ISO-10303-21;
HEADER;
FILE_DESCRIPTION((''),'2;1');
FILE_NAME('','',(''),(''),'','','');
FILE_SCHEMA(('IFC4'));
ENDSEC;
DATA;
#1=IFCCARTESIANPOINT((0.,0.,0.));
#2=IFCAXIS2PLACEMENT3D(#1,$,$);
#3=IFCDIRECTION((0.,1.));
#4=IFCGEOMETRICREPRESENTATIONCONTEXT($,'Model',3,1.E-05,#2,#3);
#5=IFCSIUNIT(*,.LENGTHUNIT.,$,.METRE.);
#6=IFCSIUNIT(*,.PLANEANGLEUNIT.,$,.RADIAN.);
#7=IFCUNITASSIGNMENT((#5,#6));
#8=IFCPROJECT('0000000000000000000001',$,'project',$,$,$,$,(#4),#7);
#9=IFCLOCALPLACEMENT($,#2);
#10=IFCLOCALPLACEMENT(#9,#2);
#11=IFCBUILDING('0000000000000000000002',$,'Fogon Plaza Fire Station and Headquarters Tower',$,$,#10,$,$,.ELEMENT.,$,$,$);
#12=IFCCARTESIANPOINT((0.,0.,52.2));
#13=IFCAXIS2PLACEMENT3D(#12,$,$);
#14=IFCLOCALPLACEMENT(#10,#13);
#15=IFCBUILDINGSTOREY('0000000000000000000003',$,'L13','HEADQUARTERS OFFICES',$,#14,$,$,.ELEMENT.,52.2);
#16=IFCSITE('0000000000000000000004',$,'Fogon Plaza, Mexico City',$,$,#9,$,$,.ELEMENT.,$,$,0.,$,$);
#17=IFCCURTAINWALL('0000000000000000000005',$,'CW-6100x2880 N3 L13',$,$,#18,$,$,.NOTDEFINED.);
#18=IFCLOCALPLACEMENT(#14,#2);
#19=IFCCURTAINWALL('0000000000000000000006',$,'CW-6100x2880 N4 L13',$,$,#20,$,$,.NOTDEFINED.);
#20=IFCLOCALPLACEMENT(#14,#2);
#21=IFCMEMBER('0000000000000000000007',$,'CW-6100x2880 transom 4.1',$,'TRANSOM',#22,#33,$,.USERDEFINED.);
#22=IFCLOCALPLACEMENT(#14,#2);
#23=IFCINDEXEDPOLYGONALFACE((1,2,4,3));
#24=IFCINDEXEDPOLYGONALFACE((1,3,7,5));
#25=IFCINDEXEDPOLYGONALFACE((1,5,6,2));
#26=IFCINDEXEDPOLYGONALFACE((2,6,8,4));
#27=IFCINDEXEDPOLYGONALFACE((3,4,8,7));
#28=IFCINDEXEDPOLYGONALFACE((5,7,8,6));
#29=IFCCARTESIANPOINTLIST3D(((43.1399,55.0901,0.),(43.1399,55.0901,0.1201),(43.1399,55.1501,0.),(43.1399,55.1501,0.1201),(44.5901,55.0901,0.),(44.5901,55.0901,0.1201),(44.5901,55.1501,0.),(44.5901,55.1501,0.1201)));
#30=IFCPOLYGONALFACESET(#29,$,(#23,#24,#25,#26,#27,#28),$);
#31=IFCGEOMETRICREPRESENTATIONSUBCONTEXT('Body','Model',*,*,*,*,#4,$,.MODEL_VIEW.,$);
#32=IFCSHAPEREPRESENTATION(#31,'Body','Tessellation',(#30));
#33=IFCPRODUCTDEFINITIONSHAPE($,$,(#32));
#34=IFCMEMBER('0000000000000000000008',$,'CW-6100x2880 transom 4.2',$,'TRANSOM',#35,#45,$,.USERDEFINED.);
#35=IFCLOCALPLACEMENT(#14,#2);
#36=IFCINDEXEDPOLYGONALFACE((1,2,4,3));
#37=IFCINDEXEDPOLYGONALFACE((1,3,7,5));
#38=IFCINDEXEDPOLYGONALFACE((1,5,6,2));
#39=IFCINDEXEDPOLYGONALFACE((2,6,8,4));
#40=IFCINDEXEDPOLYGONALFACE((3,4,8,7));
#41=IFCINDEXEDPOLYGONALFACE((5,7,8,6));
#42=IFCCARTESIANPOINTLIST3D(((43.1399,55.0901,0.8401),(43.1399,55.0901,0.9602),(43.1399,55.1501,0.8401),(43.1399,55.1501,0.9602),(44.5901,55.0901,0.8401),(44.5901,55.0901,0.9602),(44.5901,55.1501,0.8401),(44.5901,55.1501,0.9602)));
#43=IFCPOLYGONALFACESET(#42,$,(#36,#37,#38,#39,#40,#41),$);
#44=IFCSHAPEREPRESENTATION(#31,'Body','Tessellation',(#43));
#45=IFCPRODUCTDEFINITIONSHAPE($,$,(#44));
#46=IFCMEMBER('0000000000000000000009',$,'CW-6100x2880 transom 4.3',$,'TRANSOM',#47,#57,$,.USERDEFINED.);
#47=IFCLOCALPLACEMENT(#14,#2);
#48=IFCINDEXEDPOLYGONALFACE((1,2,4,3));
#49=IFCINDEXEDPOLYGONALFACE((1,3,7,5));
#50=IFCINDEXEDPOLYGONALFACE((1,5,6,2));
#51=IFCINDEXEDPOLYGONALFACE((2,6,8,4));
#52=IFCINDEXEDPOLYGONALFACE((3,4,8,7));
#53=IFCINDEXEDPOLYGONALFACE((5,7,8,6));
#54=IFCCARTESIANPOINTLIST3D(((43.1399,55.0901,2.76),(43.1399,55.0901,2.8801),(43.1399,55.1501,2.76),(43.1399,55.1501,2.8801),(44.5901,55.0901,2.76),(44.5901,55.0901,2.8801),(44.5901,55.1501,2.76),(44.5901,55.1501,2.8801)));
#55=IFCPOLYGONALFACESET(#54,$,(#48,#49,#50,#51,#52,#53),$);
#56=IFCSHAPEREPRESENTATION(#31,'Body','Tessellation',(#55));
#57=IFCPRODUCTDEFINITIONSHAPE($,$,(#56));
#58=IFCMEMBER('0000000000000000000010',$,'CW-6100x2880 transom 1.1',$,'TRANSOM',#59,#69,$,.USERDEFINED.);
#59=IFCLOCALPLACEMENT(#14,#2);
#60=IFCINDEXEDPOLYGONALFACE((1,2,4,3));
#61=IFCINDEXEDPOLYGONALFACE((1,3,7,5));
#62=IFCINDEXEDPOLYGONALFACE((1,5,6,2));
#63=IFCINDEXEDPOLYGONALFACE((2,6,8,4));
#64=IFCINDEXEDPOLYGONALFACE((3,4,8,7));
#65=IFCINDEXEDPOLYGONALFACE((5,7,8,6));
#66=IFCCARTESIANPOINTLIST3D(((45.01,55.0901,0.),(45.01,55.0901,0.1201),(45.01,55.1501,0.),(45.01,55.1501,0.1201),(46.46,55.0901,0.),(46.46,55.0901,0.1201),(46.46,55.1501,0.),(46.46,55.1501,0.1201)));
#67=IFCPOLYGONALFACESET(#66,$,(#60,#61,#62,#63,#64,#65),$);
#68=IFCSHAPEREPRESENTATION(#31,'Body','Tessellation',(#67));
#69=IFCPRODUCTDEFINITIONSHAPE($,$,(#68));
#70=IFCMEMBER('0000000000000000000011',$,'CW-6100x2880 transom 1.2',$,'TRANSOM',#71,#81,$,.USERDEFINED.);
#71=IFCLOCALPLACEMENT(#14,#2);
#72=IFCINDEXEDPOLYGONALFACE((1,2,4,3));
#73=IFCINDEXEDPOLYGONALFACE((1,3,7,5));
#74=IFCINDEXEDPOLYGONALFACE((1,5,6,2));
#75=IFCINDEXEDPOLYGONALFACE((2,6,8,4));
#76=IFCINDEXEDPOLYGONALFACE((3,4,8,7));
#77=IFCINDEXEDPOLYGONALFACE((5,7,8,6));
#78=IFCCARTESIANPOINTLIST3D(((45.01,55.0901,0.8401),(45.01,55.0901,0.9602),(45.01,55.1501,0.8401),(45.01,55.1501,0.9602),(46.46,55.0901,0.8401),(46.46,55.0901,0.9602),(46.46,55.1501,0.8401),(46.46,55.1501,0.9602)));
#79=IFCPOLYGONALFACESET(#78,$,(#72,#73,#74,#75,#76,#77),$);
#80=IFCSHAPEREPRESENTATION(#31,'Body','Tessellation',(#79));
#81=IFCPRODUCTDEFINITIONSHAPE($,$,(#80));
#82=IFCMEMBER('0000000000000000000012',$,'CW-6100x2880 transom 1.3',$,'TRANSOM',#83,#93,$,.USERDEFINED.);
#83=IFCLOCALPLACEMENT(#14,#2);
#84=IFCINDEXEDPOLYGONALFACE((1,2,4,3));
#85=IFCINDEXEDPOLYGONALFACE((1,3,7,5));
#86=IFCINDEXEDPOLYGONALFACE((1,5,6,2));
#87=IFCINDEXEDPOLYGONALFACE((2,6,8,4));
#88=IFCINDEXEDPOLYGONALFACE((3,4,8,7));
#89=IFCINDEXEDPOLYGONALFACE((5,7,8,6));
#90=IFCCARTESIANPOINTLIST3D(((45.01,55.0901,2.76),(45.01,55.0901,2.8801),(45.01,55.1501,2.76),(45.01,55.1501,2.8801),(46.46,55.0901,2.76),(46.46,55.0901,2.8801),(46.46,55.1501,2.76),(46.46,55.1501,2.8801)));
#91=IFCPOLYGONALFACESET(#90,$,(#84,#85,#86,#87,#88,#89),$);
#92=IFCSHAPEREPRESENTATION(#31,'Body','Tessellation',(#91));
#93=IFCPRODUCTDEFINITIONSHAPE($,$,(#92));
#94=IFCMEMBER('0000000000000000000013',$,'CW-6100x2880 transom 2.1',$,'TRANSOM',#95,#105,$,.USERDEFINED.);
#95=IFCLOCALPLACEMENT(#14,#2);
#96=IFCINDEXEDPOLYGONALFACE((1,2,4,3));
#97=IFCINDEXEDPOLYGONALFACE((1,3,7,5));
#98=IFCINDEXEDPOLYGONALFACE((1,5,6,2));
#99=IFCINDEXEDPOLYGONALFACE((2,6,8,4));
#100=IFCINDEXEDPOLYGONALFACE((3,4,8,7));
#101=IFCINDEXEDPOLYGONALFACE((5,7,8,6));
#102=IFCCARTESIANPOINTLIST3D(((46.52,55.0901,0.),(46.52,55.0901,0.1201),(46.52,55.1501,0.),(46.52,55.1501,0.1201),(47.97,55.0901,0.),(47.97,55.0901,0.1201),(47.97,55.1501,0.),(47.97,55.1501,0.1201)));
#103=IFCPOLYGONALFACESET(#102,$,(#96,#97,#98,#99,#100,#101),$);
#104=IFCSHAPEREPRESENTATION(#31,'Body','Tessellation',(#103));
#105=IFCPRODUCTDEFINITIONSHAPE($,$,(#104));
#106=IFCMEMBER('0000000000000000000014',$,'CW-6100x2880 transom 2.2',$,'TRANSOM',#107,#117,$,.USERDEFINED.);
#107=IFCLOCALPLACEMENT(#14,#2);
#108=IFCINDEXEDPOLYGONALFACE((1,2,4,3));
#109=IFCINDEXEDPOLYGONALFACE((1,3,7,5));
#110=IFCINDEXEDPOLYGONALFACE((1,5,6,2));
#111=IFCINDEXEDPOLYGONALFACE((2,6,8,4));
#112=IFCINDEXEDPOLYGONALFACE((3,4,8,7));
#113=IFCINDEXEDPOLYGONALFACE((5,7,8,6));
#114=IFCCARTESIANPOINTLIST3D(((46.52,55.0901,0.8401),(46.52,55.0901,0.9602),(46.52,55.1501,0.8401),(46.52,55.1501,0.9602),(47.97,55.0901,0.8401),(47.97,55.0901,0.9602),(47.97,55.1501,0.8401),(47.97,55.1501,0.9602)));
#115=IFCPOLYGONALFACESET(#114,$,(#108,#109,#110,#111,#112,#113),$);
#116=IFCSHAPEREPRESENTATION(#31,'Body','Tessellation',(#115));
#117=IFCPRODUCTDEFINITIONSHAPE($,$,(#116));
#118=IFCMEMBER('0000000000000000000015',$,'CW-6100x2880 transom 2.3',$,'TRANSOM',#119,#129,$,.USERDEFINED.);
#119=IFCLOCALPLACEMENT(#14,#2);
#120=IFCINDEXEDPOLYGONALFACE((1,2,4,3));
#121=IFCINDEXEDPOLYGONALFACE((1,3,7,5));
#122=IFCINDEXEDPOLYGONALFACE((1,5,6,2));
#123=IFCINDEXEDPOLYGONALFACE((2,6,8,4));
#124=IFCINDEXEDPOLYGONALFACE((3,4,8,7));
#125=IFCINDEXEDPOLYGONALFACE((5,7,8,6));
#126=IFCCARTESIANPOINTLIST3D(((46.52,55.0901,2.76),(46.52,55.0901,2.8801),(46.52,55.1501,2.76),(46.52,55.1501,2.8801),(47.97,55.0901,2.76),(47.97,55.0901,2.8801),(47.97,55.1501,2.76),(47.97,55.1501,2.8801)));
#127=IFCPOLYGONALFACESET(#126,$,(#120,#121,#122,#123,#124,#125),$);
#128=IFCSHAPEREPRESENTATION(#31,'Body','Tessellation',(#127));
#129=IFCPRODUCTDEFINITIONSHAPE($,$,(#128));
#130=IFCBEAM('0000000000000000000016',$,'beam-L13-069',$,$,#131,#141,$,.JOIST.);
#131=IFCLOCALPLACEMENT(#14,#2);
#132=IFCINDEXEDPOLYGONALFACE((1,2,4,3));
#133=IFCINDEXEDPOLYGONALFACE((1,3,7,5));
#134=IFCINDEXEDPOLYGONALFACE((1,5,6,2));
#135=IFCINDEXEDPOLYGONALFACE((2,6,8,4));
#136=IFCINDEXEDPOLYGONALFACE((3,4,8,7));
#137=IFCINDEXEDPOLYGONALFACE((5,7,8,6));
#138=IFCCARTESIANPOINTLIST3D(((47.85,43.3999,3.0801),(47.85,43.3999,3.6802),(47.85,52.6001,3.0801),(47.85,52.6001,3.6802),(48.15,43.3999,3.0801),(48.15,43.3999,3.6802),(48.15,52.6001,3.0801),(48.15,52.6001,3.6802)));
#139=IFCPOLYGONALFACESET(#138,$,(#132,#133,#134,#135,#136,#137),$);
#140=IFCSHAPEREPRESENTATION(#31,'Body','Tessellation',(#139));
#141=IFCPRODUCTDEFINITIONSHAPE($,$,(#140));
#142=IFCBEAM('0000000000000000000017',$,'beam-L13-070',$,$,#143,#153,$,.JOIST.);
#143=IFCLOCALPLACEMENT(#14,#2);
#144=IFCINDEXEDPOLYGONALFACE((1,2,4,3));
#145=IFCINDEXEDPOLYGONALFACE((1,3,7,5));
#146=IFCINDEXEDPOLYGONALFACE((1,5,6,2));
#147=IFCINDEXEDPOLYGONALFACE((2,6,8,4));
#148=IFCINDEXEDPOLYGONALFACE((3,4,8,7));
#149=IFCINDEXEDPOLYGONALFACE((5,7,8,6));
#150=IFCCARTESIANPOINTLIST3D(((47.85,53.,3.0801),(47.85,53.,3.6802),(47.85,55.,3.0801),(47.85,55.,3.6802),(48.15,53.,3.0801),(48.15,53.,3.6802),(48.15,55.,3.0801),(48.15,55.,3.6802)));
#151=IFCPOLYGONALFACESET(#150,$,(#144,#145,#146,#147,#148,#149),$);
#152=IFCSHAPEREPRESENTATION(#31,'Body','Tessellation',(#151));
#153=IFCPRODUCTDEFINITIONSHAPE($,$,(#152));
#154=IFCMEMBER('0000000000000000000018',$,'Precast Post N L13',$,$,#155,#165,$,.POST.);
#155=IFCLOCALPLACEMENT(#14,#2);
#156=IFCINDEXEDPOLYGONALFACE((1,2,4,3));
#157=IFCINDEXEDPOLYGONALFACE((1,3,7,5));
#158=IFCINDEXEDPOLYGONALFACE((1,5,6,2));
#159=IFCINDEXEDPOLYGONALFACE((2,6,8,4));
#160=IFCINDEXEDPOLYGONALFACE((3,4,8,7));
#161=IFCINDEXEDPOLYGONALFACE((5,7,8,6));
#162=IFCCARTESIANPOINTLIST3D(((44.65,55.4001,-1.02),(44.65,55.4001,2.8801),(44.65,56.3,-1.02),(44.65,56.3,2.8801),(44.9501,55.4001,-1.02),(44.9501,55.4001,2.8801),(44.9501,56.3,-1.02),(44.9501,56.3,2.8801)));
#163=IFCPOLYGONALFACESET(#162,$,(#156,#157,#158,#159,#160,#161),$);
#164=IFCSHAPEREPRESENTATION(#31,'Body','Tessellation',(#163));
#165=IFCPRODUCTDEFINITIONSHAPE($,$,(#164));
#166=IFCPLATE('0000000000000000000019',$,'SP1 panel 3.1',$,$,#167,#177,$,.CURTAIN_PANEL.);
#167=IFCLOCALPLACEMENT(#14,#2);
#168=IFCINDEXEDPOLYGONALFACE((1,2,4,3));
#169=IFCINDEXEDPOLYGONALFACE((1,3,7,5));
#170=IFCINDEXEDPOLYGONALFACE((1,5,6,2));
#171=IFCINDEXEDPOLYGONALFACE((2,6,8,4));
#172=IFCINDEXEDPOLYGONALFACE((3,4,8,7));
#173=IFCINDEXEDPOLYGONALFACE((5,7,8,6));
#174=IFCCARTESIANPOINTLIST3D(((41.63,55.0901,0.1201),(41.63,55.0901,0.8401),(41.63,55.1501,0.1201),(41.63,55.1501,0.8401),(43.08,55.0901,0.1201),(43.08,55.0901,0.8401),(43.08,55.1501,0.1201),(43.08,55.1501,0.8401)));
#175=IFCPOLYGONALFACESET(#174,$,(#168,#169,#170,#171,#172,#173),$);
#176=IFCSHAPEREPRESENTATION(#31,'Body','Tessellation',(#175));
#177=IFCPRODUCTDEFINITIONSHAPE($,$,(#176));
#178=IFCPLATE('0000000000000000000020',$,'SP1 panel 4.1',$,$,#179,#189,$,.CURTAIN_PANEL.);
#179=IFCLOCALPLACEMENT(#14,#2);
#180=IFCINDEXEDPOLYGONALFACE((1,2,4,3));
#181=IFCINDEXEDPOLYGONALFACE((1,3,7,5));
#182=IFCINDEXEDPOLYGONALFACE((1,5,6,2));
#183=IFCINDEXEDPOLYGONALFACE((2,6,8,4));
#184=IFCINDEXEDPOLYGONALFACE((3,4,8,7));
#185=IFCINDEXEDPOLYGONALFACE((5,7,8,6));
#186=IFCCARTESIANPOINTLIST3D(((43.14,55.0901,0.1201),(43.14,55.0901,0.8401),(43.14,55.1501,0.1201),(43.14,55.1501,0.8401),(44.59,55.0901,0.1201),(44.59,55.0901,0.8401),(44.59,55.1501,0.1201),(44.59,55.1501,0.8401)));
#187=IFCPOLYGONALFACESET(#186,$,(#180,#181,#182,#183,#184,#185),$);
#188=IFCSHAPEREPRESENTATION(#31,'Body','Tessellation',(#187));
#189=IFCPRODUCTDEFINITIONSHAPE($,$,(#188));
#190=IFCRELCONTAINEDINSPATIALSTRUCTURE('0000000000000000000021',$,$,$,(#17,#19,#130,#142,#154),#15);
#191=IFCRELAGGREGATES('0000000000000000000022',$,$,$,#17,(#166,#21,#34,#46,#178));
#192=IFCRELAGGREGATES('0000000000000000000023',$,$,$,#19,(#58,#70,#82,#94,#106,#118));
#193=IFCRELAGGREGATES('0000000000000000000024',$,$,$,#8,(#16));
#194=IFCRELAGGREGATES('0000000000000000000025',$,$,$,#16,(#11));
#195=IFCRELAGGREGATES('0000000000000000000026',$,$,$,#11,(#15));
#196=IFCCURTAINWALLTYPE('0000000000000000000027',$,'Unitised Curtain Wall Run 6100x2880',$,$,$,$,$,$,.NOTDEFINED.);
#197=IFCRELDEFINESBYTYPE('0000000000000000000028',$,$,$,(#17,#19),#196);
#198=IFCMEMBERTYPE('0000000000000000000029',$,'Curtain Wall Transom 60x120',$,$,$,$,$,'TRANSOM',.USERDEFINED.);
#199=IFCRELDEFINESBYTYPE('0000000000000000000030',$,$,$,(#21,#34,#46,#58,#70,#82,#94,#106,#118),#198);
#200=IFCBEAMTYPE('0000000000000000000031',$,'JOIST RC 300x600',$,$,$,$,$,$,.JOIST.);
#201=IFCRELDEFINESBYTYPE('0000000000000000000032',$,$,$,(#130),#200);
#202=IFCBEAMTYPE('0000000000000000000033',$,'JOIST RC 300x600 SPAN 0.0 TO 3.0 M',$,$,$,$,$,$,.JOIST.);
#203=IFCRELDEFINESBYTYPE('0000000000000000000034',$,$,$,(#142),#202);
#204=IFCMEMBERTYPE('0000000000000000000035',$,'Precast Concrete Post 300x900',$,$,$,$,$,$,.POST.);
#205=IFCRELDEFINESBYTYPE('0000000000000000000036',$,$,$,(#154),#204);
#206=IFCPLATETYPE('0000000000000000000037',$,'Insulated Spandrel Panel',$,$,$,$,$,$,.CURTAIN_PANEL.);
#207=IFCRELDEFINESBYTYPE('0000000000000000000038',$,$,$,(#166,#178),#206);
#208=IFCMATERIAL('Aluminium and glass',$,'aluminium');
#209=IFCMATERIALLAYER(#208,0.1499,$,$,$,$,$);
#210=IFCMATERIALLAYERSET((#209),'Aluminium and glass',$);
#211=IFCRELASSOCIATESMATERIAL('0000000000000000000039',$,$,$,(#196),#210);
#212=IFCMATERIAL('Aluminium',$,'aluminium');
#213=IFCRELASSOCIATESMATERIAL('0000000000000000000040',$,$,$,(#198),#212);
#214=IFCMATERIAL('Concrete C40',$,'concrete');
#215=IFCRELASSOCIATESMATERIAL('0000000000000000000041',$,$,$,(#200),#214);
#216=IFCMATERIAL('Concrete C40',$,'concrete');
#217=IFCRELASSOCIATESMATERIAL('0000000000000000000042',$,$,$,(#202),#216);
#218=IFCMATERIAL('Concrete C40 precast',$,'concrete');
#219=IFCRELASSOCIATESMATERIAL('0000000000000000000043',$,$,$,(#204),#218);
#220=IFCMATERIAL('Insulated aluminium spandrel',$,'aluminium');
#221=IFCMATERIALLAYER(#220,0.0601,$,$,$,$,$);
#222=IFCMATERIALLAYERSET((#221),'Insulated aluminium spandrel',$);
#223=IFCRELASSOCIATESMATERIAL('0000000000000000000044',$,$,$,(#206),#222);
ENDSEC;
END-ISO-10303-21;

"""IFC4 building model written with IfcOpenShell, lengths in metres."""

from ifc_helpers import new_model, si_unit, direction, frame, origin, origin_2d, place, context, subcontext, project, spatial, rectangle, extrude, material, layer, layer_set, material_profile, profile_set, type_object, element, aggregate, save


model = new_model("IFC4")

# Units and contexts
model_context = context("Model", 3, precision=1e-05, world=origin(), true_north=direction((0.0, 1.0)))
body_context = subcontext(model_context, "Body", "Model", "MODEL_VIEW")
ifc_project = project(units=[si_unit("LENGTHUNIT", "METRE"), si_unit("PLANEANGLEUNIT", "RADIAN")], contexts=[model_context])

# Site, building, storey
site_placement = place(None, origin())
site = spatial("IfcSite", under=ifc_project, at=site_placement, Name="Fogon Plaza, Mexico City", CompositionType="ELEMENT", RefElevation=0.0)
building_placement = place(site_placement, origin())
building = spatial("IfcBuilding", under=site, at=building_placement, Name="Fogon Plaza Fire Station and Headquarters Tower", CompositionType="ELEMENT")
storey_placement = place(building_placement, frame((0.0, 0.0, 52.2)))
storey = spatial("IfcBuildingStorey", under=building, at=storey_placement, Name="L13", Description="HEADQUARTERS OFFICES", CompositionType="ELEMENT", Elevation=52.2)

# Curtain walls
ifc_material_1 = material(Name="Aluminium and glass", Category="aluminium")
ifc_layer_1 = layer(ifc_material_1, 0.1499)
ifc_layer_set_1 = layer_set([ifc_layer_1], Name="Aluminium and glass")
curtain_wall_type = type_object("IfcCurtainWallType", Name="Unitised Curtain Wall Run 6100x2880", PredefinedType="NOTDEFINED", material=ifc_layer_set_1)
curtain_wall_1_placement = place(storey_placement, origin())
curtain_wall_1 = element("IfcCurtainWall", 1, at=curtain_wall_1_placement, inside=storey, type_object=curtain_wall_type, Name="CW-6100x2880 N3 L13", PredefinedType="NOTDEFINED")
curtain_wall_2_placement = place(storey_placement, origin())
curtain_wall_2 = element("IfcCurtainWall", 2, at=curtain_wall_2_placement, inside=storey, type_object=curtain_wall_type, Name="CW-6100x2880 N4 L13", PredefinedType="NOTDEFINED")

# Members
ifc_material_2 = material(Name="Aluminium", Category="aluminium")
ifc_material_profile_1 = material_profile(ifc_material_2, rectangle(XDim=0.0601, YDim=0.1201, at=origin_2d()), Name="Curtain Wall Transom 60x120")
ifc_profile_set_1 = profile_set([ifc_material_profile_1], Name="Aluminium")
member_type_1 = type_object("IfcMemberType", Name="Curtain Wall Transom 60x120", ElementType="TRANSOM", PredefinedType="USERDEFINED", material=ifc_profile_set_1)
member_1_placement = place(storey_placement, frame((43.1399, 55.1201, 0.0601), z_axis=(1.0, 0.0, 0.0), x_axis=(0.0, 1.0, 0.0)))
member_1 = element("IfcMember", 3, at=member_1_placement, type_object=member_type_1, Name="CW-6100x2880 transom 4.1", ObjectType="TRANSOM", PredefinedType="USERDEFINED", context=body_context, shape_type="SweptSolid", body=[
    extrude(rectangle(XDim=0.0601, YDim=0.1201, at=origin_2d()), origin(), (0.0, 0.0, 1.0), 1.4502),
])
member_2_placement = place(storey_placement, frame((43.1399, 55.1201, 0.9001), z_axis=(1.0, 0.0, 0.0), x_axis=(0.0, 1.0, 0.0)))
member_2 = element("IfcMember", 4, at=member_2_placement, type_object=member_type_1, Name="CW-6100x2880 transom 4.2", ObjectType="TRANSOM", PredefinedType="USERDEFINED", context=body_context, shape_type="SweptSolid", body=[
    extrude(rectangle(XDim=0.0601, YDim=0.1201, at=origin_2d()), origin(), (0.0, 0.0, 1.0), 1.4502),
])
member_3_placement = place(storey_placement, frame((43.1399, 55.1201, 2.8201), z_axis=(1.0, 0.0, 0.0), x_axis=(0.0, 1.0, 0.0)))
member_3 = element("IfcMember", 5, at=member_3_placement, type_object=member_type_1, Name="CW-6100x2880 transom 4.3", ObjectType="TRANSOM", PredefinedType="USERDEFINED", context=body_context, shape_type="SweptSolid", body=[
    extrude(rectangle(XDim=0.0601, YDim=0.1201, at=origin_2d()), origin(), (0.0, 0.0, 1.0), 1.4502),
])
member_4_placement = place(storey_placement, frame((45.01, 55.1201, 0.0601), z_axis=(1.0, 0.0, 0.0), x_axis=(0.0, 1.0, 0.0)))
member_4 = element("IfcMember", 6, at=member_4_placement, type_object=member_type_1, Name="CW-6100x2880 transom 1.1", ObjectType="TRANSOM", PredefinedType="USERDEFINED", context=body_context, shape_type="SweptSolid", body=[
    extrude(rectangle(XDim=0.0601, YDim=0.1201, at=origin_2d()), origin(), (0.0, 0.0, 1.0), 1.45),
])
member_5_placement = place(storey_placement, frame((45.01, 55.1201, 0.9001), z_axis=(1.0, 0.0, 0.0), x_axis=(0.0, 1.0, 0.0)))
member_5 = element("IfcMember", 7, at=member_5_placement, type_object=member_type_1, Name="CW-6100x2880 transom 1.2", ObjectType="TRANSOM", PredefinedType="USERDEFINED", context=body_context, shape_type="SweptSolid", body=[
    extrude(rectangle(XDim=0.0601, YDim=0.1201, at=origin_2d()), origin(), (0.0, 0.0, 1.0), 1.45),
])
member_6_placement = place(storey_placement, frame((45.01, 55.1201, 2.8201), z_axis=(1.0, 0.0, 0.0), x_axis=(0.0, 1.0, 0.0)))
member_6 = element("IfcMember", 8, at=member_6_placement, type_object=member_type_1, Name="CW-6100x2880 transom 1.3", ObjectType="TRANSOM", PredefinedType="USERDEFINED", context=body_context, shape_type="SweptSolid", body=[
    extrude(rectangle(XDim=0.0601, YDim=0.1201, at=origin_2d()), origin(), (0.0, 0.0, 1.0), 1.45),
])
member_7_placement = place(storey_placement, frame((46.52, 55.1201, 0.0601), z_axis=(1.0, 0.0, 0.0), x_axis=(0.0, 1.0, 0.0)))
member_7 = element("IfcMember", 9, at=member_7_placement, type_object=member_type_1, Name="CW-6100x2880 transom 2.1", ObjectType="TRANSOM", PredefinedType="USERDEFINED", context=body_context, shape_type="SweptSolid", body=[
    extrude(rectangle(XDim=0.0601, YDim=0.1201, at=origin_2d()), origin(), (0.0, 0.0, 1.0), 1.45),
])
member_8_placement = place(storey_placement, frame((46.52, 55.1201, 0.9001), z_axis=(1.0, 0.0, 0.0), x_axis=(0.0, 1.0, 0.0)))
member_8 = element("IfcMember", 10, at=member_8_placement, type_object=member_type_1, Name="CW-6100x2880 transom 2.2", ObjectType="TRANSOM", PredefinedType="USERDEFINED", context=body_context, shape_type="SweptSolid", body=[
    extrude(rectangle(XDim=0.0601, YDim=0.1201, at=origin_2d()), origin(), (0.0, 0.0, 1.0), 1.45),
])
member_9_placement = place(storey_placement, frame((46.52, 55.1201, 2.8201), z_axis=(1.0, 0.0, 0.0), x_axis=(0.0, 1.0, 0.0)))
member_9 = element("IfcMember", 11, at=member_9_placement, type_object=member_type_1, Name="CW-6100x2880 transom 2.3", ObjectType="TRANSOM", PredefinedType="USERDEFINED", context=body_context, shape_type="SweptSolid", body=[
    extrude(rectangle(XDim=0.0601, YDim=0.1201, at=origin_2d()), origin(), (0.0, 0.0, 1.0), 1.45),
])

# Beams
ifc_material_3 = material(Name="Concrete C40", Category="concrete")
ifc_material_profile_2 = material_profile(ifc_material_3, rectangle(XDim=0.3, YDim=0.6001, at=origin_2d()), Name="RC 300x600")
ifc_profile_set_2 = profile_set([ifc_material_profile_2], Name="Concrete C40")
beam_type_1 = type_object("IfcBeamType", Name="JOIST RC 300x600", PredefinedType="JOIST", material=ifc_profile_set_2)
beam_1_placement = place(storey_placement, frame((48.0, 43.3999, 3.3801), z_axis=(0.0, 1.0, 0.0), x_axis=(-1.0, 0.0, 0.0)))
element("IfcBeam", 12, at=beam_1_placement, inside=storey, type_object=beam_type_1, Name="beam-L13-069", PredefinedType="JOIST", context=body_context, shape_type="SweptSolid", body=[
    extrude(rectangle(XDim=0.3, YDim=0.6001, at=origin_2d()), origin(), (0.0, 0.0, 1.0), 9.2002),
])
ifc_material_4 = material(Name="Concrete C40", Category="concrete")
ifc_material_profile_3 = material_profile(ifc_material_4, rectangle(XDim=0.3, YDim=0.6001, at=origin_2d()), Name="RC 300x600")
ifc_profile_set_3 = profile_set([ifc_material_profile_3], Name="Concrete C40")
beam_type_2 = type_object("IfcBeamType", Name="JOIST RC 300x600 SPAN 0.0 TO 3.0 M", PredefinedType="JOIST", material=ifc_profile_set_3)
beam_2_placement = place(storey_placement, frame((48.0, 53.0, 3.3801), z_axis=(0.0, 1.0, 0.0), x_axis=(-1.0, 0.0, 0.0)))
element("IfcBeam", 13, at=beam_2_placement, inside=storey, type_object=beam_type_2, Name="beam-L13-070", PredefinedType="JOIST", context=body_context, shape_type="SweptSolid", body=[
    extrude(rectangle(XDim=0.3, YDim=0.6001, at=origin_2d()), origin(), (0.0, 0.0, 1.0), 2.0),
])

# Member
ifc_material_5 = material(Name="Concrete C40 precast", Category="concrete")
ifc_material_profile_4 = material_profile(ifc_material_5, rectangle(XDim=0.3, YDim=0.8999, at=origin_2d()), Name="Precast Concrete Post 300x900")
ifc_profile_set_4 = profile_set([ifc_material_profile_4], Name="Concrete C40 precast")
member_type_2 = type_object("IfcMemberType", Name="Precast Concrete Post 300x900", PredefinedType="POST", material=ifc_profile_set_4)
member_10_placement = place(storey_placement, frame((44.8, 55.8501, -1.02), z_axis=(0.0, 0.0, 1.0), x_axis=(1.0, 0.0, 0.0)))
element("IfcMember", 14, at=member_10_placement, inside=storey, type_object=member_type_2, Name="Precast Post N L13", PredefinedType="POST", context=body_context, shape_type="SweptSolid", body=[
    extrude(rectangle(XDim=0.3, YDim=0.8999, at=origin_2d()), origin(), (0.0, 0.0, 1.0), 3.9001),
])

# Plates
ifc_material_6 = material(Name="Insulated aluminium spandrel", Category="aluminium")
ifc_layer_2 = layer(ifc_material_6, 0.0601)
ifc_layer_set_2 = layer_set([ifc_layer_2], Name="Insulated aluminium spandrel")
plate_type_1 = type_object("IfcPlateType", Name="Insulated Spandrel Panel", PredefinedType="CURTAIN_PANEL", material=ifc_layer_set_2)
plate_1_placement = place(storey_placement, frame((42.355, 55.1201, 0.1201), z_axis=(0.0, 0.0, 1.0), x_axis=(1.0, 0.0, 0.0)))
plate_1 = element("IfcPlate", 15, at=plate_1_placement, type_object=plate_type_1, Name="SP1 panel 3.1", PredefinedType="CURTAIN_PANEL", context=body_context, shape_type="SweptSolid", body=[
    extrude(rectangle(XDim=1.45, YDim=0.0601, at=origin_2d()), origin(), (0.0, 0.0, 1.0), 0.72),
])
plate_2_placement = place(storey_placement, frame((43.865, 55.1201, 0.1201), z_axis=(0.0, 0.0, 1.0), x_axis=(1.0, 0.0, 0.0)))
plate_2 = element("IfcPlate", 16, at=plate_2_placement, type_object=plate_type_1, Name="SP1 panel 4.1", PredefinedType="CURTAIN_PANEL", context=body_context, shape_type="SweptSolid", body=[
    extrude(rectangle(XDim=1.45, YDim=0.0601, at=origin_2d()), origin(), (0.0, 0.0, 1.0), 0.72),
])
aggregate(curtain_wall_1, [plate_1, member_1, member_2, member_3, plate_2])
aggregate(curtain_wall_2, [member_4, member_5, member_6, member_7, member_8, member_9])

save(model, "model.ifc")
